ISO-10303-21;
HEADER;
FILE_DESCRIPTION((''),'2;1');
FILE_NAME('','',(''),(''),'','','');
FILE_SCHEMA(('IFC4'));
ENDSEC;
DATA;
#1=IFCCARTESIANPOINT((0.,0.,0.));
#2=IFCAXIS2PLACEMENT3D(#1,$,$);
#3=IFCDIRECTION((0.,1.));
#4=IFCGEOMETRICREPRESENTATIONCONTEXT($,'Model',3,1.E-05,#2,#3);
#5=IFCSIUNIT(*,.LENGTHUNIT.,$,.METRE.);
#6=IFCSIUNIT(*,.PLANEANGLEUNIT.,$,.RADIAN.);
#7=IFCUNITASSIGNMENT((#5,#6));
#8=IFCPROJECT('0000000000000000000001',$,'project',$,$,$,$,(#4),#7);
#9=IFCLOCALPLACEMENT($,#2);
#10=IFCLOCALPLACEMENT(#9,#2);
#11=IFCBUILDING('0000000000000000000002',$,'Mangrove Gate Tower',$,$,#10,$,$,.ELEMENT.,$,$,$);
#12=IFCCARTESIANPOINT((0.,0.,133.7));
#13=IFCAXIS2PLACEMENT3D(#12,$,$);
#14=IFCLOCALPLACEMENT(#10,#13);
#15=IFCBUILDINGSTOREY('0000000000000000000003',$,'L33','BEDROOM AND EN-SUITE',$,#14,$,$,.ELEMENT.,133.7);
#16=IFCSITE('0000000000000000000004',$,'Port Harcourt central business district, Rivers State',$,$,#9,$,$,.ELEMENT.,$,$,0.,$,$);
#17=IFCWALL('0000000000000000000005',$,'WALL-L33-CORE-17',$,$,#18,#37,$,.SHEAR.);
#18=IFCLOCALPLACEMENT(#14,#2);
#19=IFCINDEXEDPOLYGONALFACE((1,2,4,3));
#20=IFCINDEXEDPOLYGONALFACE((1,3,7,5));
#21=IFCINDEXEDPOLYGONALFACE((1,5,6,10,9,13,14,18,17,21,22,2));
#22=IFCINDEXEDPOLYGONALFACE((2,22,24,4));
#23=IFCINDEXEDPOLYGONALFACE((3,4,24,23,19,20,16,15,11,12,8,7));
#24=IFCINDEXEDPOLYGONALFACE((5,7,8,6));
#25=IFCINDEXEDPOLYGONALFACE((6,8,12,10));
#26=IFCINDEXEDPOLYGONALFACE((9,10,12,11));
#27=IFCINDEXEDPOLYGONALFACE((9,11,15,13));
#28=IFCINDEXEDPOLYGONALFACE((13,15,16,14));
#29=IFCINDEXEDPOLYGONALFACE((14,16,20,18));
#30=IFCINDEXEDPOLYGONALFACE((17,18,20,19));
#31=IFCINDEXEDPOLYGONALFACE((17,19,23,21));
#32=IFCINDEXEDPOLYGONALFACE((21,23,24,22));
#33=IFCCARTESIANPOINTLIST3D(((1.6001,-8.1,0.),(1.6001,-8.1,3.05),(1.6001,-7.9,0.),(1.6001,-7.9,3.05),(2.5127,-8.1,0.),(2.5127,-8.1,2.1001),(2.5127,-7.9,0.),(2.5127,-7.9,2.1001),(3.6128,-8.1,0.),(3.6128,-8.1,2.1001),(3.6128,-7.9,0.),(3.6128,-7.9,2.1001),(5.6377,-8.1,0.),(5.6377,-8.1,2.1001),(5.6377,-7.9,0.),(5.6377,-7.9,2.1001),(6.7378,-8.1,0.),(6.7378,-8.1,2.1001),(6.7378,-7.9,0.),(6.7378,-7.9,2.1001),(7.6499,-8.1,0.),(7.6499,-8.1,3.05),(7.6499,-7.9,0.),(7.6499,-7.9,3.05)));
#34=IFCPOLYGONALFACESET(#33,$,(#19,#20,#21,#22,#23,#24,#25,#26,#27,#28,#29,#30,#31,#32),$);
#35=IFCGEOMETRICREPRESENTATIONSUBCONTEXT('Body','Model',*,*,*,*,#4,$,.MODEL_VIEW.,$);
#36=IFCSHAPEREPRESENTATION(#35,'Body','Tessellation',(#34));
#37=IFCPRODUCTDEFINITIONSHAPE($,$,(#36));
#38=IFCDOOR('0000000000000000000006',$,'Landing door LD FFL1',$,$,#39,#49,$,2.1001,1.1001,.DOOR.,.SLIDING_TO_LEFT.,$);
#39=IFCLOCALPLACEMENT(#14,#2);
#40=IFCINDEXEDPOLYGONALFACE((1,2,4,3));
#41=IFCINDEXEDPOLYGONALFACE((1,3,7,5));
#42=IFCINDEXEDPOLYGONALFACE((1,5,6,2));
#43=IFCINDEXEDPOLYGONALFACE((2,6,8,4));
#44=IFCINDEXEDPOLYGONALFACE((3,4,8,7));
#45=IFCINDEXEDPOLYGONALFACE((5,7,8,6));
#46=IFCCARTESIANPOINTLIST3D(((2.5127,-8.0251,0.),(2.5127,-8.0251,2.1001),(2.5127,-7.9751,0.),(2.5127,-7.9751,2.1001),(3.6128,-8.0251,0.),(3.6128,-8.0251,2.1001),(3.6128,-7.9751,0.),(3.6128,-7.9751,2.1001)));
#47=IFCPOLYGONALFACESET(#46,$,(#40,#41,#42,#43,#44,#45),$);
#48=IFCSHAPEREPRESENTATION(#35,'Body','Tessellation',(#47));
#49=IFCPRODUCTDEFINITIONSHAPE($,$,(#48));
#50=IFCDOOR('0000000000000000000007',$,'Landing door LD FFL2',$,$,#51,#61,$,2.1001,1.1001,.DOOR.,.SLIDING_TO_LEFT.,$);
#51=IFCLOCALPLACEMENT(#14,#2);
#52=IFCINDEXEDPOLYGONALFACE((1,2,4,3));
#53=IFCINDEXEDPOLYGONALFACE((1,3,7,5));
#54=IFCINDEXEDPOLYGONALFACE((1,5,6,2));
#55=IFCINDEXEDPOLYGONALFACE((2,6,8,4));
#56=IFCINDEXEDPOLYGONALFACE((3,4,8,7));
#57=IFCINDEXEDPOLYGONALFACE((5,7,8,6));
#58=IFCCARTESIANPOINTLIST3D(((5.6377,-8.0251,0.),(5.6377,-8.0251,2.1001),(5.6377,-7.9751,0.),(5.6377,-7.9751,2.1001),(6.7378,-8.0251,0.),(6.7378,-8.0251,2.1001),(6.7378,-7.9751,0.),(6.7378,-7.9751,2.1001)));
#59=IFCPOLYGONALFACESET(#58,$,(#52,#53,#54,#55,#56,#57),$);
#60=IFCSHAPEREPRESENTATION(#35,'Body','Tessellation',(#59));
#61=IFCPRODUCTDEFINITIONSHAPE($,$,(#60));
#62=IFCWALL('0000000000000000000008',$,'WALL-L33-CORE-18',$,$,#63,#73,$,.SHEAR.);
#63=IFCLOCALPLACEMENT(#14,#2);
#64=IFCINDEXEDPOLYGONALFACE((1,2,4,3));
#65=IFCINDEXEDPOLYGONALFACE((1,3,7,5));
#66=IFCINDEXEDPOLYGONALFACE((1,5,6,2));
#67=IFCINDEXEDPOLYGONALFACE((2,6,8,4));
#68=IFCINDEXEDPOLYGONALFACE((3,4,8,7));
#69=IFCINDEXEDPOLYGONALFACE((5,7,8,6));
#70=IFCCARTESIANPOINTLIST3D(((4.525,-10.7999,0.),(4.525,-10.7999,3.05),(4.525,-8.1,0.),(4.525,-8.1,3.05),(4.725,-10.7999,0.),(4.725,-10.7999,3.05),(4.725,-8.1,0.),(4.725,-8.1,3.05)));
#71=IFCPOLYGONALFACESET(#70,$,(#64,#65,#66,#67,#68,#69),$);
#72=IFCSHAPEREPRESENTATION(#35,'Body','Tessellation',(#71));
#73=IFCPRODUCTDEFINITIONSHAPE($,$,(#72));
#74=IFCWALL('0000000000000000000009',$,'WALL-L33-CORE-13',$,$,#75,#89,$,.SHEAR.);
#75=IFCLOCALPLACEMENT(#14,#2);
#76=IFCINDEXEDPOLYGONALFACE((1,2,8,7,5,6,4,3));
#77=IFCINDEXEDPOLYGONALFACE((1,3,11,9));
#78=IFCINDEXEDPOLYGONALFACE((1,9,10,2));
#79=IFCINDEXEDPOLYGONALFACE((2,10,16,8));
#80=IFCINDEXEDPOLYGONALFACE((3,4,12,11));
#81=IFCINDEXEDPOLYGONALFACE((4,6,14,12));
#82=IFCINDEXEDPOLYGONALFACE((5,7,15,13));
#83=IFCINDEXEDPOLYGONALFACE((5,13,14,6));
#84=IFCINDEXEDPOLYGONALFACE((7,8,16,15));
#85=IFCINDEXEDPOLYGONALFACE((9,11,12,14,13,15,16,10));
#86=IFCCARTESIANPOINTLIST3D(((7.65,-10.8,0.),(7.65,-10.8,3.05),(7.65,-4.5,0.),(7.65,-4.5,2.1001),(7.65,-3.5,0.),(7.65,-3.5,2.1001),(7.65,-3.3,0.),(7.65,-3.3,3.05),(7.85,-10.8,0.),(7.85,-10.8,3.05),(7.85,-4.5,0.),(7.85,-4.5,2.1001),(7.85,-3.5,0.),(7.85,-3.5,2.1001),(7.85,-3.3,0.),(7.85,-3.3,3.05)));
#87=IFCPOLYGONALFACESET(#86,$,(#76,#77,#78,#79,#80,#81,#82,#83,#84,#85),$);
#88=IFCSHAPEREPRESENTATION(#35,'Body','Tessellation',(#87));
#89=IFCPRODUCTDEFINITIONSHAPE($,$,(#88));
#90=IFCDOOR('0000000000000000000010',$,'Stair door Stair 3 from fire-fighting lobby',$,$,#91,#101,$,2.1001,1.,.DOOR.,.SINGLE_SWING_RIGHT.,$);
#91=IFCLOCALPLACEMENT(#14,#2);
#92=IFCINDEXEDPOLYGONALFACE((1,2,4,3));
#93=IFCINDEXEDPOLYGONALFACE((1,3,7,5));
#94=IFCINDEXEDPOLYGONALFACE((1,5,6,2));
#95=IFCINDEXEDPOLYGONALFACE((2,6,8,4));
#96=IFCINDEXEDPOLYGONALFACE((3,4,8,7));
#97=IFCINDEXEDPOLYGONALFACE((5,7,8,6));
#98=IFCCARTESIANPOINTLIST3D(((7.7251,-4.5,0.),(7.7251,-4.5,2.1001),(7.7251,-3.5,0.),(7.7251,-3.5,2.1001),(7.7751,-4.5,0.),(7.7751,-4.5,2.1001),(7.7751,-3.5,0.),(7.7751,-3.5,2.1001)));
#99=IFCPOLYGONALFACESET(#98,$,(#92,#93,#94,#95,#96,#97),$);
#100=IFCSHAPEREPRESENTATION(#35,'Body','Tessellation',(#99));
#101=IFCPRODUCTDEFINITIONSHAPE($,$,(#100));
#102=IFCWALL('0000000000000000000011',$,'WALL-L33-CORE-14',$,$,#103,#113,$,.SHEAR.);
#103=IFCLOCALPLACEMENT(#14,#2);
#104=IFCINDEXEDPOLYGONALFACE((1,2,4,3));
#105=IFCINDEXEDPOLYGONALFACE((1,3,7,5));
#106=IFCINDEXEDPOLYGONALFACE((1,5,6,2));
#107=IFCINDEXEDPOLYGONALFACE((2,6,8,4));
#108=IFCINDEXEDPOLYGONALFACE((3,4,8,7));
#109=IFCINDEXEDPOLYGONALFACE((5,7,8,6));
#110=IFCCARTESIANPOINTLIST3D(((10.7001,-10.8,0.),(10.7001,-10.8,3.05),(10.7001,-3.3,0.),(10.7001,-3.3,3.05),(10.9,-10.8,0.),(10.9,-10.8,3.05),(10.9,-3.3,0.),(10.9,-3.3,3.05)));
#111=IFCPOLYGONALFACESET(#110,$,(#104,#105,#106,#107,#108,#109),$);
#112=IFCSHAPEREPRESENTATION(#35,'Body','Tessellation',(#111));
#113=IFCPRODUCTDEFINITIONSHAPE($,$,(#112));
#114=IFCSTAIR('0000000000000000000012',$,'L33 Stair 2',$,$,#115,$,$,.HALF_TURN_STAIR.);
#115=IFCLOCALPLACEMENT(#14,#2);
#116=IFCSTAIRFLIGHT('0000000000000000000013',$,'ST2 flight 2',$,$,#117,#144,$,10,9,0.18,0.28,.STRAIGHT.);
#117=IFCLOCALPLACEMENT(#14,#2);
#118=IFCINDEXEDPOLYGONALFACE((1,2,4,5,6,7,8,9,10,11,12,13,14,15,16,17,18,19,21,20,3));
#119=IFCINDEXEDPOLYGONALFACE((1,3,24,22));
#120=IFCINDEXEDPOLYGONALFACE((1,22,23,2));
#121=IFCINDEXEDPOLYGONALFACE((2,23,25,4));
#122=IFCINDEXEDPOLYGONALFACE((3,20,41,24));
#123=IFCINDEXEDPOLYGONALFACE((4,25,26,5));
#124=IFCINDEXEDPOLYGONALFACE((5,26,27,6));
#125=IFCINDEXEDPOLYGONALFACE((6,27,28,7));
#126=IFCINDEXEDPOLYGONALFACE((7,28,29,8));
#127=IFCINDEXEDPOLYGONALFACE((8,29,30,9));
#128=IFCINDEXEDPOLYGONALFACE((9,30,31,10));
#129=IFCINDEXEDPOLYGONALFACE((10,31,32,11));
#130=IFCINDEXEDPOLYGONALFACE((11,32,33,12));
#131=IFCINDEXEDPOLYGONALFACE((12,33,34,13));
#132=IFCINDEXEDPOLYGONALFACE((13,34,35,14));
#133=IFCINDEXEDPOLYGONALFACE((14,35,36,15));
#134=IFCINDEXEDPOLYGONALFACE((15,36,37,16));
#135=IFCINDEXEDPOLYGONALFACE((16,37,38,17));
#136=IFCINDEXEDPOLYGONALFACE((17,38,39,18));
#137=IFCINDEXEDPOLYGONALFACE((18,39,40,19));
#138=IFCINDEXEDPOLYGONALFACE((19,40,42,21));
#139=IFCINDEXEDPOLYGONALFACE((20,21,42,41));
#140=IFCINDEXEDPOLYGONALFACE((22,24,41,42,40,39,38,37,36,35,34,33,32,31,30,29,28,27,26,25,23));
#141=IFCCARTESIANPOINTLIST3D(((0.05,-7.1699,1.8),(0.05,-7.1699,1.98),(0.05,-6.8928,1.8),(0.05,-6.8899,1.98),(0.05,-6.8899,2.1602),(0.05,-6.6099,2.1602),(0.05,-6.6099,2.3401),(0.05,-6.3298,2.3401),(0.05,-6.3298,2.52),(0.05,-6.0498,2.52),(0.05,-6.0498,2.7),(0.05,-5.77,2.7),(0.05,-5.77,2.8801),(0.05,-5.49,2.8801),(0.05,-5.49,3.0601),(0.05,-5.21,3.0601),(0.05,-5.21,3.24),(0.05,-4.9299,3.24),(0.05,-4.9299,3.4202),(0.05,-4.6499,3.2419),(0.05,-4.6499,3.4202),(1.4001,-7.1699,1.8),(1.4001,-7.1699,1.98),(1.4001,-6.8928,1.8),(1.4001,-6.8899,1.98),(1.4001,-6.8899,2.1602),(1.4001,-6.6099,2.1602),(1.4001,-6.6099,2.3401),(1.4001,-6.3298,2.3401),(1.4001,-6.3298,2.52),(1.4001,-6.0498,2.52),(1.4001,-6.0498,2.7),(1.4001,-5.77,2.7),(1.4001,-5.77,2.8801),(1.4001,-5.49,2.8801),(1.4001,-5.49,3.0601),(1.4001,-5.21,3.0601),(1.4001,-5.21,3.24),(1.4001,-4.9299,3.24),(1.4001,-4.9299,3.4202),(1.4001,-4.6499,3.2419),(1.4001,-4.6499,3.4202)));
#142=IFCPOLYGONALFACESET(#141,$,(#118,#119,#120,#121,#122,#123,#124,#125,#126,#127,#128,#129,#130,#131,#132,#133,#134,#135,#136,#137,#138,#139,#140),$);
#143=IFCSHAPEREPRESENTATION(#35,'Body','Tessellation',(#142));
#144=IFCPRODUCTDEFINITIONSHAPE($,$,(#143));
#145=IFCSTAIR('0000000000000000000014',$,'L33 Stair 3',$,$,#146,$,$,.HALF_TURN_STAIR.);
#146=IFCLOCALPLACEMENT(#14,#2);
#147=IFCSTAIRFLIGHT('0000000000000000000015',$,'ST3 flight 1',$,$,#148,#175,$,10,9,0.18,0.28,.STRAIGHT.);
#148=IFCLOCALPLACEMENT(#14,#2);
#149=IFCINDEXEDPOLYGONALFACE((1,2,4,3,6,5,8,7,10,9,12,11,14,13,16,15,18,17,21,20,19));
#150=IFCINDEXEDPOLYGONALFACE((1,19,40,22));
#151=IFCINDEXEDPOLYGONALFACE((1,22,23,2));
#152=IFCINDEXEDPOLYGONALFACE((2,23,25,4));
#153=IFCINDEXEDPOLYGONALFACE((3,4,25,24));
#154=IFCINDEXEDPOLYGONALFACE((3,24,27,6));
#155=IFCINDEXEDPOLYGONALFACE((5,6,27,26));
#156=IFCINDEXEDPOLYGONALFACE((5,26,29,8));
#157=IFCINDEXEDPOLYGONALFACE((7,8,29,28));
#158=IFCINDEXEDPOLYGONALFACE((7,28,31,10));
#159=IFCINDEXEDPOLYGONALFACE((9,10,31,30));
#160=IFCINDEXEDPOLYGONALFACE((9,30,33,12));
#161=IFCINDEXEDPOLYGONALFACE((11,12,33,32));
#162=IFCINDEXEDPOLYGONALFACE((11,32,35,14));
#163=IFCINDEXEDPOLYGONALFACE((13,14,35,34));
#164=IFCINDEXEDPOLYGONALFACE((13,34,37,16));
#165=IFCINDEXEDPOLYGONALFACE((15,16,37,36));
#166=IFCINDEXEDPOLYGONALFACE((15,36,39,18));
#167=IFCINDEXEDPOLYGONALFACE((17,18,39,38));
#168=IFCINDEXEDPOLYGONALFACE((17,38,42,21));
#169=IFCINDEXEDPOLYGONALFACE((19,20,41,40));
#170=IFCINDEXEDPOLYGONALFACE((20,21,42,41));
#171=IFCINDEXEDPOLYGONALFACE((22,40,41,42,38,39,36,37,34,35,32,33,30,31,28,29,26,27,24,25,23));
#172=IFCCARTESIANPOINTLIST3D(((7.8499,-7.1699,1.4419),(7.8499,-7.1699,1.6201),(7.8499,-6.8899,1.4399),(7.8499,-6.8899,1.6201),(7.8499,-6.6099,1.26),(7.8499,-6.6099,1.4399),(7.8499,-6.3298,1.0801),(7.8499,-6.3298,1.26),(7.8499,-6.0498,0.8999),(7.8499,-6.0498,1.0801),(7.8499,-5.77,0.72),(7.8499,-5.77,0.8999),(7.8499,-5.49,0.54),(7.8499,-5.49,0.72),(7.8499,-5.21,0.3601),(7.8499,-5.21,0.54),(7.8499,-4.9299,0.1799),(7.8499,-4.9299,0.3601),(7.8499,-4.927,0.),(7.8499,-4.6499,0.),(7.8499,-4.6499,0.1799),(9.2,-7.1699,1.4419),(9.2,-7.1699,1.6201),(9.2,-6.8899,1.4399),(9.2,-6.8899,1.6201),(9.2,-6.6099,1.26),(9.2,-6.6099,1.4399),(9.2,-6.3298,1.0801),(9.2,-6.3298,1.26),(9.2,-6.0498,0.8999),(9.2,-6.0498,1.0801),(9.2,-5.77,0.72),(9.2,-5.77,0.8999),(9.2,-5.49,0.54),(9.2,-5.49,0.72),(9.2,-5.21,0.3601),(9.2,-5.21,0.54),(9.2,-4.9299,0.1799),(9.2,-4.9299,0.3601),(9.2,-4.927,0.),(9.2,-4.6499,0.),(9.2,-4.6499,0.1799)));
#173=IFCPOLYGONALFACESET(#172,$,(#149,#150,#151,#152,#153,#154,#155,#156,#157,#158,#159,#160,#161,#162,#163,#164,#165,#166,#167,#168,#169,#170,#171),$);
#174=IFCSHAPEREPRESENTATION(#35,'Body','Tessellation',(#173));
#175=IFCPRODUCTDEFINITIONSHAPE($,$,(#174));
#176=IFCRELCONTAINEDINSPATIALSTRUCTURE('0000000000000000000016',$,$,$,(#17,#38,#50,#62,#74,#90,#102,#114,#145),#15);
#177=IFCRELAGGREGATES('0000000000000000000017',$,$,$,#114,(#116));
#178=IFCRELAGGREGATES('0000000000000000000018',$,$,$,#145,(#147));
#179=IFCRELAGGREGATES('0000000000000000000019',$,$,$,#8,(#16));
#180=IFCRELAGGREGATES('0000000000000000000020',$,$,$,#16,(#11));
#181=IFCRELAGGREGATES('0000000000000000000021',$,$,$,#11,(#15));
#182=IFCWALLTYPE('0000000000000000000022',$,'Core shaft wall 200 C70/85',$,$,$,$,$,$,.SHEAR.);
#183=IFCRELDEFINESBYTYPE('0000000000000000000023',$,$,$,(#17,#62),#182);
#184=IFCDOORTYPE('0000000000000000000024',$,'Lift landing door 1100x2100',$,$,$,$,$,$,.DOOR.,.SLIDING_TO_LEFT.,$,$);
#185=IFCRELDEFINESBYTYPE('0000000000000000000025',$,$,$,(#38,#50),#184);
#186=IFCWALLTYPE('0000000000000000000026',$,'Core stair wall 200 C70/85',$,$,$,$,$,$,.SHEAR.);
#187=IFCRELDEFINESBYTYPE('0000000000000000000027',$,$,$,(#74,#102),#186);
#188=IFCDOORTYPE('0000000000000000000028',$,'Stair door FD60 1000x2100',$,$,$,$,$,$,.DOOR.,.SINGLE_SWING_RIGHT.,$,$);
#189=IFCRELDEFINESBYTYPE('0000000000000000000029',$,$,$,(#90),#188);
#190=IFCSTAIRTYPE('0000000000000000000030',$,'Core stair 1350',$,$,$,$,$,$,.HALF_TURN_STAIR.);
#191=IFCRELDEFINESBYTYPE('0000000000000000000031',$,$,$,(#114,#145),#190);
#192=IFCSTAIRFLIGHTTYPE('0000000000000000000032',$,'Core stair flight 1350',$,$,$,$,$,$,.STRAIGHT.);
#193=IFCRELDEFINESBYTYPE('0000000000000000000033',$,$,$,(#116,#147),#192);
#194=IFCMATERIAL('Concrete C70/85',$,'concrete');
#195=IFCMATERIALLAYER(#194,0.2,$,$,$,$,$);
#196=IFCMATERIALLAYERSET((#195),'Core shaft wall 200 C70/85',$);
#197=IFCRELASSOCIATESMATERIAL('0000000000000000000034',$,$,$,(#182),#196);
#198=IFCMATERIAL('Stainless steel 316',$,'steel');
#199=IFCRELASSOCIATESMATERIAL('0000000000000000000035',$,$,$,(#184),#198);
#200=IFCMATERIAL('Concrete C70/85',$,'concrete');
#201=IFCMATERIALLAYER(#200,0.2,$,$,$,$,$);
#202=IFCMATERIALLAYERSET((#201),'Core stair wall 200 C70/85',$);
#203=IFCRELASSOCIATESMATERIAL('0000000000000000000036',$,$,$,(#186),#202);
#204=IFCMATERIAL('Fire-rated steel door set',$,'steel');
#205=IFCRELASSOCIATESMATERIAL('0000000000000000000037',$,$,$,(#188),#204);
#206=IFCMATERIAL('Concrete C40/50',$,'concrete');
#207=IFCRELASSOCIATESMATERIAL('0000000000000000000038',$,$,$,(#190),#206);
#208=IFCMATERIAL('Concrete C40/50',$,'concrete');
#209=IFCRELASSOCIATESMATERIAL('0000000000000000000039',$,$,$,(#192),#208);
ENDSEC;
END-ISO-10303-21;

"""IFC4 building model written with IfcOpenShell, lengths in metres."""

from ifc_helpers import new_model, si_unit, direction, frame, frame_2d, origin, place, context, subcontext, project, spatial, polyline, rectangle, outline, extrude, material, layer, layer_set, type_object, element, fill, aggregate, save


model = new_model("IFC4")

# Units and contexts
model_context = context("Model", 3, precision=1e-05, world=origin(), true_north=direction((0.0, 1.0)))
body_context = subcontext(model_context, "Body", "Model", "MODEL_VIEW")
ifc_project = project(units=[si_unit("LENGTHUNIT", "METRE"), si_unit("PLANEANGLEUNIT", "RADIAN")], contexts=[model_context])

# Site, building, storey
site_placement = place(None, origin())
site = spatial("IfcSite", under=ifc_project, at=site_placement, Name="Port Harcourt central business district, Rivers State", CompositionType="ELEMENT", RefElevation=0.0)
building_placement = place(site_placement, origin())
building = spatial("IfcBuilding", under=site, at=building_placement, Name="Mangrove Gate Tower", CompositionType="ELEMENT")
storey_placement = place(building_placement, frame((0.0, 0.0, 133.7)))
storey = spatial("IfcBuildingStorey", under=building, at=storey_placement, Name="L33", Description="BEDROOM AND EN-SUITE", CompositionType="ELEMENT", Elevation=133.7)

# Wall, openings, doors
ifc_material_1 = material(Name="Concrete C70/85", Category="concrete")
ifc_layer_1 = layer(ifc_material_1, 0.2)
ifc_layer_set_1 = layer_set([ifc_layer_1], Name="Core shaft wall 200 C70/85")
wall_type_1 = type_object("IfcWallType", Name="Core shaft wall 200 C70/85", PredefinedType="SHEAR", material=ifc_layer_set_1)
wall_1_placement = place(storey_placement, frame((1.6001, -8.0, 0.0), z_axis=(0.0, 0.0, 1.0), x_axis=(1.0, 0.0, 0.0)))
wall_1 = element("IfcWall", 1, at=wall_1_placement, inside=storey, type_object=wall_type_1, Name="WALL-L33-CORE-17", PredefinedType="SHEAR", context=body_context, shape_type="SweptSolid", body=[
    extrude(rectangle(XDim=6.0498, YDim=0.2, at=frame_2d((3.0249, 0.0))), origin(), (0.0, 0.0, 1.0), 3.05),
])
opening_1_placement = place(wall_1_placement, frame((0.9126, 0.0, 0.0)))
opening_1 = element("IfcOpeningElement", 2, at=opening_1_placement, cuts=wall_1, PredefinedType="OPENING", context=body_context, shape_type="SweptSolid", body=[
    extrude(rectangle(XDim=1.1001, YDim=2.1001, at=frame_2d((0.55, 1.05))), frame((0.0, 0.1099, 0.0), z_axis=(0.0, -1.0, 0.0), x_axis=(1.0, 0.0, 0.0)), (0.0, 0.0, 1.0), 0.22),
])
opening_2_placement = place(wall_1_placement, frame((4.0376, 0.0, 0.0)))
opening_2 = element("IfcOpeningElement", 3, at=opening_2_placement, cuts=wall_1, PredefinedType="OPENING", context=body_context, shape_type="SweptSolid", body=[
    extrude(rectangle(XDim=1.1001, YDim=2.1001, at=frame_2d((0.55, 1.05))), frame((0.0, 0.1099, 0.0), z_axis=(0.0, -1.0, 0.0), x_axis=(1.0, 0.0, 0.0)), (0.0, 0.0, 1.0), 0.22),
])
ifc_material_2 = material(Name="Stainless steel 316", Category="steel")
door_type_1 = type_object("IfcDoorType", Name="Lift landing door 1100x2100", OperationType="SLIDING_TO_LEFT", PredefinedType="DOOR", material=ifc_material_2)
door_1_placement = place(opening_1_placement, origin())
door_1 = element("IfcDoor", 4, at=door_1_placement, inside=storey, type_object=door_type_1, Name="Landing door LD FFL1", OperationType="SLIDING_TO_LEFT", OverallHeight=2.1001, OverallWidth=1.1001, PredefinedType="DOOR", context=body_context, shape_type="SweptSolid", body=[
    extrude(rectangle(XDim=1.1001, YDim=2.1001, at=frame_2d((0.55, 1.05))), frame((0.0, 0.0249, 0.0), z_axis=(0.0, -1.0, 0.0), x_axis=(1.0, 0.0, 0.0)), (0.0, 0.0, 1.0), 0.05),
])
fill(opening_1, door_1)
door_2_placement = place(opening_2_placement, origin())
door_2 = element("IfcDoor", 5, at=door_2_placement, inside=storey, type_object=door_type_1, Name="Landing door LD FFL2", OperationType="SLIDING_TO_LEFT", OverallHeight=2.1001, OverallWidth=1.1001, PredefinedType="DOOR", context=body_context, shape_type="SweptSolid", body=[
    extrude(rectangle(XDim=1.1001, YDim=2.1001, at=frame_2d((0.55, 1.05))), frame((0.0, 0.0249, 0.0), z_axis=(0.0, -1.0, 0.0), x_axis=(1.0, 0.0, 0.0)), (0.0, 0.0, 1.0), 0.05),
])
fill(opening_2, door_2)

# Wall
wall_2_placement = place(storey_placement, frame((4.625, -10.8, 0.0), z_axis=(0.0, 0.0, 1.0), x_axis=(0.0, 1.0, 0.0)))
element("IfcWall", 6, at=wall_2_placement, inside=storey, type_object=wall_type_1, Name="WALL-L33-CORE-18", PredefinedType="SHEAR", context=body_context, shape_type="SweptSolid", body=[
    extrude(rectangle(XDim=2.7, YDim=0.2, at=frame_2d((1.3501, 0.0))), origin(), (0.0, 0.0, 1.0), 3.05),
])

# Wall, opening, door
ifc_material_3 = material(Name="Concrete C70/85", Category="concrete")
ifc_layer_2 = layer(ifc_material_3, 0.2)
ifc_layer_set_2 = layer_set([ifc_layer_2], Name="Core stair wall 200 C70/85")
wall_type_2 = type_object("IfcWallType", Name="Core stair wall 200 C70/85", PredefinedType="SHEAR", material=ifc_layer_set_2)
wall_3_placement = place(storey_placement, frame((7.75, -10.8, 0.0), z_axis=(0.0, 0.0, 1.0), x_axis=(0.0, 1.0, 0.0)))
wall_3 = element("IfcWall", 7, at=wall_3_placement, inside=storey, type_object=wall_type_2, Name="WALL-L33-CORE-13", PredefinedType="SHEAR", context=body_context, shape_type="SweptSolid", body=[
    extrude(rectangle(XDim=7.5, YDim=0.2, at=frame_2d((3.75, 0.0))), origin(), (0.0, 0.0, 1.0), 3.05),
])
opening_3_placement = place(wall_3_placement, frame((6.3, 0.0, 0.0)))
opening_3 = element("IfcOpeningElement", 8, at=opening_3_placement, cuts=wall_3, PredefinedType="OPENING", context=body_context, shape_type="SweptSolid", body=[
    extrude(rectangle(XDim=1.0, YDim=2.1001, at=frame_2d((0.5, 1.05))), frame((0.0, 0.1099, 0.0), z_axis=(0.0, -1.0, 0.0), x_axis=(1.0, 0.0, 0.0)), (0.0, 0.0, 1.0), 0.22),
])
ifc_material_4 = material(Name="Fire-rated steel door set", Category="steel")
door_type_2 = type_object("IfcDoorType", Name="Stair door FD60 1000x2100", OperationType="SINGLE_SWING_RIGHT", PredefinedType="DOOR", material=ifc_material_4)
door_3_placement = place(opening_3_placement, origin())
door_3 = element("IfcDoor", 9, at=door_3_placement, inside=storey, type_object=door_type_2, Name="Stair door Stair 3 from fire-fighting lobby", OperationType="SINGLE_SWING_RIGHT", OverallHeight=2.1001, OverallWidth=1.0, PredefinedType="DOOR", context=body_context, shape_type="SweptSolid", body=[
    extrude(rectangle(XDim=1.0, YDim=2.1001, at=frame_2d((0.5, 1.05))), frame((0.0, 0.0249, 0.0), z_axis=(0.0, -1.0, 0.0), x_axis=(1.0, 0.0, 0.0)), (0.0, 0.0, 1.0), 0.05),
])
fill(opening_3, door_3)

# Wall
wall_4_placement = place(storey_placement, frame((10.8, -10.8, 0.0), z_axis=(0.0, 0.0, 1.0), x_axis=(0.0, 1.0, 0.0)))
element("IfcWall", 10, at=wall_4_placement, inside=storey, type_object=wall_type_2, Name="WALL-L33-CORE-14", PredefinedType="SHEAR", context=body_context, shape_type="SweptSolid", body=[
    extrude(rectangle(XDim=7.5, YDim=0.2, at=frame_2d((3.75, 0.0))), origin(), (0.0, 0.0, 1.0), 3.05),
])

# Stair, stair flight
ifc_material_5 = material(Name="Concrete C40/50", Category="concrete")
stair_type = type_object("IfcStairType", Name="Core stair 1350", PredefinedType="HALF_TURN_STAIR", material=ifc_material_5)
stair_1_placement = place(storey_placement, origin())
stair_1 = element("IfcStair", 11, at=stair_1_placement, inside=storey, type_object=stair_type, Name="L33 Stair 2", PredefinedType="HALF_TURN_STAIR")
ifc_material_6 = material(Name="Concrete C40/50", Category="concrete")
stair_flight_type = type_object("IfcStairFlightType", Name="Core stair flight 1350", PredefinedType="STRAIGHT", material=ifc_material_6)
stair_flight_1_placement = place(storey_placement, frame((0.7251, -7.1699, 1.8), z_axis=(0.0, 0.0, 1.0), x_axis=(0.0, 1.0, 0.0)))
stair_flight_1 = element("IfcStairFlight", 12, at=stair_flight_1_placement, type_object=stair_flight_type, Name="ST2 flight 2", NumberOfRisers=10, NumberOfTreads=9, PredefinedType="STRAIGHT", RiserHeight=0.18, TreadLength=0.28, context=body_context, shape_type="SweptSolid", body=[
    extrude(outline(polyline([(0.0, 0.0), (0.0, 0.1799), (0.28, 0.1799), (0.28, 0.3601), (0.5601, 0.3601), (0.5601, 0.54), (0.8401, 0.54), (0.8401, 0.72), (1.1201, 0.72), (1.1201, 0.8999), (1.3999, 0.8999), (1.3999, 1.0801), (1.6799, 1.0801), (1.6799, 1.26), (1.96, 1.26), (1.96, 1.4399), (2.24, 1.4399), (2.24, 1.6201), (2.52, 1.6201), (2.52, 1.8), (2.52, 1.4419), (0.2771, 0.0), (0.0, 0.0)])), frame((0.0, 0.675, 0.0), z_axis=(0.0, -1.0, 0.0), x_axis=(1.0, 0.0, 0.0)), (0.0, 0.0, 1.0), 1.3501),
])
aggregate(stair_1, [stair_flight_1])

# Stair, stair flight
stair_2_placement = place(storey_placement, origin())
stair_2 = element("IfcStair", 13, at=stair_2_placement, inside=storey, type_object=stair_type, Name="L33 Stair 3", PredefinedType="HALF_TURN_STAIR")
stair_flight_2_placement = place(storey_placement, frame((8.5249, -4.6499, 0.0), z_axis=(0.0, 0.0, 1.0), x_axis=(0.0, -1.0, 0.0)))
stair_flight_2 = element("IfcStairFlight", 14, at=stair_flight_2_placement, type_object=stair_flight_type, Name="ST3 flight 1", NumberOfRisers=10, NumberOfTreads=9, PredefinedType="STRAIGHT", RiserHeight=0.18, TreadLength=0.28, context=body_context, shape_type="SweptSolid", body=[
    extrude(outline(polyline([(0.0, 0.0), (0.0, 0.1799), (0.28, 0.1799), (0.28, 0.3601), (0.5601, 0.3601), (0.5601, 0.54), (0.8401, 0.54), (0.8401, 0.72), (1.1201, 0.72), (1.1201, 0.8999), (1.3999, 0.8999), (1.3999, 1.0801), (1.6799, 1.0801), (1.6799, 1.26), (1.96, 1.26), (1.96, 1.4399), (2.24, 1.4399), (2.24, 1.6201), (2.52, 1.6201), (2.52, 1.8), (2.52, 1.4419), (0.2771, 0.0), (0.0, 0.0)])), frame((0.0, 0.675, 0.0), z_axis=(0.0, -1.0, 0.0), x_axis=(1.0, 0.0, 0.0)), (0.0, 0.0, 1.0), 1.3501),
])
aggregate(stair_2, [stair_flight_2])

save(model, "model.ifc")
